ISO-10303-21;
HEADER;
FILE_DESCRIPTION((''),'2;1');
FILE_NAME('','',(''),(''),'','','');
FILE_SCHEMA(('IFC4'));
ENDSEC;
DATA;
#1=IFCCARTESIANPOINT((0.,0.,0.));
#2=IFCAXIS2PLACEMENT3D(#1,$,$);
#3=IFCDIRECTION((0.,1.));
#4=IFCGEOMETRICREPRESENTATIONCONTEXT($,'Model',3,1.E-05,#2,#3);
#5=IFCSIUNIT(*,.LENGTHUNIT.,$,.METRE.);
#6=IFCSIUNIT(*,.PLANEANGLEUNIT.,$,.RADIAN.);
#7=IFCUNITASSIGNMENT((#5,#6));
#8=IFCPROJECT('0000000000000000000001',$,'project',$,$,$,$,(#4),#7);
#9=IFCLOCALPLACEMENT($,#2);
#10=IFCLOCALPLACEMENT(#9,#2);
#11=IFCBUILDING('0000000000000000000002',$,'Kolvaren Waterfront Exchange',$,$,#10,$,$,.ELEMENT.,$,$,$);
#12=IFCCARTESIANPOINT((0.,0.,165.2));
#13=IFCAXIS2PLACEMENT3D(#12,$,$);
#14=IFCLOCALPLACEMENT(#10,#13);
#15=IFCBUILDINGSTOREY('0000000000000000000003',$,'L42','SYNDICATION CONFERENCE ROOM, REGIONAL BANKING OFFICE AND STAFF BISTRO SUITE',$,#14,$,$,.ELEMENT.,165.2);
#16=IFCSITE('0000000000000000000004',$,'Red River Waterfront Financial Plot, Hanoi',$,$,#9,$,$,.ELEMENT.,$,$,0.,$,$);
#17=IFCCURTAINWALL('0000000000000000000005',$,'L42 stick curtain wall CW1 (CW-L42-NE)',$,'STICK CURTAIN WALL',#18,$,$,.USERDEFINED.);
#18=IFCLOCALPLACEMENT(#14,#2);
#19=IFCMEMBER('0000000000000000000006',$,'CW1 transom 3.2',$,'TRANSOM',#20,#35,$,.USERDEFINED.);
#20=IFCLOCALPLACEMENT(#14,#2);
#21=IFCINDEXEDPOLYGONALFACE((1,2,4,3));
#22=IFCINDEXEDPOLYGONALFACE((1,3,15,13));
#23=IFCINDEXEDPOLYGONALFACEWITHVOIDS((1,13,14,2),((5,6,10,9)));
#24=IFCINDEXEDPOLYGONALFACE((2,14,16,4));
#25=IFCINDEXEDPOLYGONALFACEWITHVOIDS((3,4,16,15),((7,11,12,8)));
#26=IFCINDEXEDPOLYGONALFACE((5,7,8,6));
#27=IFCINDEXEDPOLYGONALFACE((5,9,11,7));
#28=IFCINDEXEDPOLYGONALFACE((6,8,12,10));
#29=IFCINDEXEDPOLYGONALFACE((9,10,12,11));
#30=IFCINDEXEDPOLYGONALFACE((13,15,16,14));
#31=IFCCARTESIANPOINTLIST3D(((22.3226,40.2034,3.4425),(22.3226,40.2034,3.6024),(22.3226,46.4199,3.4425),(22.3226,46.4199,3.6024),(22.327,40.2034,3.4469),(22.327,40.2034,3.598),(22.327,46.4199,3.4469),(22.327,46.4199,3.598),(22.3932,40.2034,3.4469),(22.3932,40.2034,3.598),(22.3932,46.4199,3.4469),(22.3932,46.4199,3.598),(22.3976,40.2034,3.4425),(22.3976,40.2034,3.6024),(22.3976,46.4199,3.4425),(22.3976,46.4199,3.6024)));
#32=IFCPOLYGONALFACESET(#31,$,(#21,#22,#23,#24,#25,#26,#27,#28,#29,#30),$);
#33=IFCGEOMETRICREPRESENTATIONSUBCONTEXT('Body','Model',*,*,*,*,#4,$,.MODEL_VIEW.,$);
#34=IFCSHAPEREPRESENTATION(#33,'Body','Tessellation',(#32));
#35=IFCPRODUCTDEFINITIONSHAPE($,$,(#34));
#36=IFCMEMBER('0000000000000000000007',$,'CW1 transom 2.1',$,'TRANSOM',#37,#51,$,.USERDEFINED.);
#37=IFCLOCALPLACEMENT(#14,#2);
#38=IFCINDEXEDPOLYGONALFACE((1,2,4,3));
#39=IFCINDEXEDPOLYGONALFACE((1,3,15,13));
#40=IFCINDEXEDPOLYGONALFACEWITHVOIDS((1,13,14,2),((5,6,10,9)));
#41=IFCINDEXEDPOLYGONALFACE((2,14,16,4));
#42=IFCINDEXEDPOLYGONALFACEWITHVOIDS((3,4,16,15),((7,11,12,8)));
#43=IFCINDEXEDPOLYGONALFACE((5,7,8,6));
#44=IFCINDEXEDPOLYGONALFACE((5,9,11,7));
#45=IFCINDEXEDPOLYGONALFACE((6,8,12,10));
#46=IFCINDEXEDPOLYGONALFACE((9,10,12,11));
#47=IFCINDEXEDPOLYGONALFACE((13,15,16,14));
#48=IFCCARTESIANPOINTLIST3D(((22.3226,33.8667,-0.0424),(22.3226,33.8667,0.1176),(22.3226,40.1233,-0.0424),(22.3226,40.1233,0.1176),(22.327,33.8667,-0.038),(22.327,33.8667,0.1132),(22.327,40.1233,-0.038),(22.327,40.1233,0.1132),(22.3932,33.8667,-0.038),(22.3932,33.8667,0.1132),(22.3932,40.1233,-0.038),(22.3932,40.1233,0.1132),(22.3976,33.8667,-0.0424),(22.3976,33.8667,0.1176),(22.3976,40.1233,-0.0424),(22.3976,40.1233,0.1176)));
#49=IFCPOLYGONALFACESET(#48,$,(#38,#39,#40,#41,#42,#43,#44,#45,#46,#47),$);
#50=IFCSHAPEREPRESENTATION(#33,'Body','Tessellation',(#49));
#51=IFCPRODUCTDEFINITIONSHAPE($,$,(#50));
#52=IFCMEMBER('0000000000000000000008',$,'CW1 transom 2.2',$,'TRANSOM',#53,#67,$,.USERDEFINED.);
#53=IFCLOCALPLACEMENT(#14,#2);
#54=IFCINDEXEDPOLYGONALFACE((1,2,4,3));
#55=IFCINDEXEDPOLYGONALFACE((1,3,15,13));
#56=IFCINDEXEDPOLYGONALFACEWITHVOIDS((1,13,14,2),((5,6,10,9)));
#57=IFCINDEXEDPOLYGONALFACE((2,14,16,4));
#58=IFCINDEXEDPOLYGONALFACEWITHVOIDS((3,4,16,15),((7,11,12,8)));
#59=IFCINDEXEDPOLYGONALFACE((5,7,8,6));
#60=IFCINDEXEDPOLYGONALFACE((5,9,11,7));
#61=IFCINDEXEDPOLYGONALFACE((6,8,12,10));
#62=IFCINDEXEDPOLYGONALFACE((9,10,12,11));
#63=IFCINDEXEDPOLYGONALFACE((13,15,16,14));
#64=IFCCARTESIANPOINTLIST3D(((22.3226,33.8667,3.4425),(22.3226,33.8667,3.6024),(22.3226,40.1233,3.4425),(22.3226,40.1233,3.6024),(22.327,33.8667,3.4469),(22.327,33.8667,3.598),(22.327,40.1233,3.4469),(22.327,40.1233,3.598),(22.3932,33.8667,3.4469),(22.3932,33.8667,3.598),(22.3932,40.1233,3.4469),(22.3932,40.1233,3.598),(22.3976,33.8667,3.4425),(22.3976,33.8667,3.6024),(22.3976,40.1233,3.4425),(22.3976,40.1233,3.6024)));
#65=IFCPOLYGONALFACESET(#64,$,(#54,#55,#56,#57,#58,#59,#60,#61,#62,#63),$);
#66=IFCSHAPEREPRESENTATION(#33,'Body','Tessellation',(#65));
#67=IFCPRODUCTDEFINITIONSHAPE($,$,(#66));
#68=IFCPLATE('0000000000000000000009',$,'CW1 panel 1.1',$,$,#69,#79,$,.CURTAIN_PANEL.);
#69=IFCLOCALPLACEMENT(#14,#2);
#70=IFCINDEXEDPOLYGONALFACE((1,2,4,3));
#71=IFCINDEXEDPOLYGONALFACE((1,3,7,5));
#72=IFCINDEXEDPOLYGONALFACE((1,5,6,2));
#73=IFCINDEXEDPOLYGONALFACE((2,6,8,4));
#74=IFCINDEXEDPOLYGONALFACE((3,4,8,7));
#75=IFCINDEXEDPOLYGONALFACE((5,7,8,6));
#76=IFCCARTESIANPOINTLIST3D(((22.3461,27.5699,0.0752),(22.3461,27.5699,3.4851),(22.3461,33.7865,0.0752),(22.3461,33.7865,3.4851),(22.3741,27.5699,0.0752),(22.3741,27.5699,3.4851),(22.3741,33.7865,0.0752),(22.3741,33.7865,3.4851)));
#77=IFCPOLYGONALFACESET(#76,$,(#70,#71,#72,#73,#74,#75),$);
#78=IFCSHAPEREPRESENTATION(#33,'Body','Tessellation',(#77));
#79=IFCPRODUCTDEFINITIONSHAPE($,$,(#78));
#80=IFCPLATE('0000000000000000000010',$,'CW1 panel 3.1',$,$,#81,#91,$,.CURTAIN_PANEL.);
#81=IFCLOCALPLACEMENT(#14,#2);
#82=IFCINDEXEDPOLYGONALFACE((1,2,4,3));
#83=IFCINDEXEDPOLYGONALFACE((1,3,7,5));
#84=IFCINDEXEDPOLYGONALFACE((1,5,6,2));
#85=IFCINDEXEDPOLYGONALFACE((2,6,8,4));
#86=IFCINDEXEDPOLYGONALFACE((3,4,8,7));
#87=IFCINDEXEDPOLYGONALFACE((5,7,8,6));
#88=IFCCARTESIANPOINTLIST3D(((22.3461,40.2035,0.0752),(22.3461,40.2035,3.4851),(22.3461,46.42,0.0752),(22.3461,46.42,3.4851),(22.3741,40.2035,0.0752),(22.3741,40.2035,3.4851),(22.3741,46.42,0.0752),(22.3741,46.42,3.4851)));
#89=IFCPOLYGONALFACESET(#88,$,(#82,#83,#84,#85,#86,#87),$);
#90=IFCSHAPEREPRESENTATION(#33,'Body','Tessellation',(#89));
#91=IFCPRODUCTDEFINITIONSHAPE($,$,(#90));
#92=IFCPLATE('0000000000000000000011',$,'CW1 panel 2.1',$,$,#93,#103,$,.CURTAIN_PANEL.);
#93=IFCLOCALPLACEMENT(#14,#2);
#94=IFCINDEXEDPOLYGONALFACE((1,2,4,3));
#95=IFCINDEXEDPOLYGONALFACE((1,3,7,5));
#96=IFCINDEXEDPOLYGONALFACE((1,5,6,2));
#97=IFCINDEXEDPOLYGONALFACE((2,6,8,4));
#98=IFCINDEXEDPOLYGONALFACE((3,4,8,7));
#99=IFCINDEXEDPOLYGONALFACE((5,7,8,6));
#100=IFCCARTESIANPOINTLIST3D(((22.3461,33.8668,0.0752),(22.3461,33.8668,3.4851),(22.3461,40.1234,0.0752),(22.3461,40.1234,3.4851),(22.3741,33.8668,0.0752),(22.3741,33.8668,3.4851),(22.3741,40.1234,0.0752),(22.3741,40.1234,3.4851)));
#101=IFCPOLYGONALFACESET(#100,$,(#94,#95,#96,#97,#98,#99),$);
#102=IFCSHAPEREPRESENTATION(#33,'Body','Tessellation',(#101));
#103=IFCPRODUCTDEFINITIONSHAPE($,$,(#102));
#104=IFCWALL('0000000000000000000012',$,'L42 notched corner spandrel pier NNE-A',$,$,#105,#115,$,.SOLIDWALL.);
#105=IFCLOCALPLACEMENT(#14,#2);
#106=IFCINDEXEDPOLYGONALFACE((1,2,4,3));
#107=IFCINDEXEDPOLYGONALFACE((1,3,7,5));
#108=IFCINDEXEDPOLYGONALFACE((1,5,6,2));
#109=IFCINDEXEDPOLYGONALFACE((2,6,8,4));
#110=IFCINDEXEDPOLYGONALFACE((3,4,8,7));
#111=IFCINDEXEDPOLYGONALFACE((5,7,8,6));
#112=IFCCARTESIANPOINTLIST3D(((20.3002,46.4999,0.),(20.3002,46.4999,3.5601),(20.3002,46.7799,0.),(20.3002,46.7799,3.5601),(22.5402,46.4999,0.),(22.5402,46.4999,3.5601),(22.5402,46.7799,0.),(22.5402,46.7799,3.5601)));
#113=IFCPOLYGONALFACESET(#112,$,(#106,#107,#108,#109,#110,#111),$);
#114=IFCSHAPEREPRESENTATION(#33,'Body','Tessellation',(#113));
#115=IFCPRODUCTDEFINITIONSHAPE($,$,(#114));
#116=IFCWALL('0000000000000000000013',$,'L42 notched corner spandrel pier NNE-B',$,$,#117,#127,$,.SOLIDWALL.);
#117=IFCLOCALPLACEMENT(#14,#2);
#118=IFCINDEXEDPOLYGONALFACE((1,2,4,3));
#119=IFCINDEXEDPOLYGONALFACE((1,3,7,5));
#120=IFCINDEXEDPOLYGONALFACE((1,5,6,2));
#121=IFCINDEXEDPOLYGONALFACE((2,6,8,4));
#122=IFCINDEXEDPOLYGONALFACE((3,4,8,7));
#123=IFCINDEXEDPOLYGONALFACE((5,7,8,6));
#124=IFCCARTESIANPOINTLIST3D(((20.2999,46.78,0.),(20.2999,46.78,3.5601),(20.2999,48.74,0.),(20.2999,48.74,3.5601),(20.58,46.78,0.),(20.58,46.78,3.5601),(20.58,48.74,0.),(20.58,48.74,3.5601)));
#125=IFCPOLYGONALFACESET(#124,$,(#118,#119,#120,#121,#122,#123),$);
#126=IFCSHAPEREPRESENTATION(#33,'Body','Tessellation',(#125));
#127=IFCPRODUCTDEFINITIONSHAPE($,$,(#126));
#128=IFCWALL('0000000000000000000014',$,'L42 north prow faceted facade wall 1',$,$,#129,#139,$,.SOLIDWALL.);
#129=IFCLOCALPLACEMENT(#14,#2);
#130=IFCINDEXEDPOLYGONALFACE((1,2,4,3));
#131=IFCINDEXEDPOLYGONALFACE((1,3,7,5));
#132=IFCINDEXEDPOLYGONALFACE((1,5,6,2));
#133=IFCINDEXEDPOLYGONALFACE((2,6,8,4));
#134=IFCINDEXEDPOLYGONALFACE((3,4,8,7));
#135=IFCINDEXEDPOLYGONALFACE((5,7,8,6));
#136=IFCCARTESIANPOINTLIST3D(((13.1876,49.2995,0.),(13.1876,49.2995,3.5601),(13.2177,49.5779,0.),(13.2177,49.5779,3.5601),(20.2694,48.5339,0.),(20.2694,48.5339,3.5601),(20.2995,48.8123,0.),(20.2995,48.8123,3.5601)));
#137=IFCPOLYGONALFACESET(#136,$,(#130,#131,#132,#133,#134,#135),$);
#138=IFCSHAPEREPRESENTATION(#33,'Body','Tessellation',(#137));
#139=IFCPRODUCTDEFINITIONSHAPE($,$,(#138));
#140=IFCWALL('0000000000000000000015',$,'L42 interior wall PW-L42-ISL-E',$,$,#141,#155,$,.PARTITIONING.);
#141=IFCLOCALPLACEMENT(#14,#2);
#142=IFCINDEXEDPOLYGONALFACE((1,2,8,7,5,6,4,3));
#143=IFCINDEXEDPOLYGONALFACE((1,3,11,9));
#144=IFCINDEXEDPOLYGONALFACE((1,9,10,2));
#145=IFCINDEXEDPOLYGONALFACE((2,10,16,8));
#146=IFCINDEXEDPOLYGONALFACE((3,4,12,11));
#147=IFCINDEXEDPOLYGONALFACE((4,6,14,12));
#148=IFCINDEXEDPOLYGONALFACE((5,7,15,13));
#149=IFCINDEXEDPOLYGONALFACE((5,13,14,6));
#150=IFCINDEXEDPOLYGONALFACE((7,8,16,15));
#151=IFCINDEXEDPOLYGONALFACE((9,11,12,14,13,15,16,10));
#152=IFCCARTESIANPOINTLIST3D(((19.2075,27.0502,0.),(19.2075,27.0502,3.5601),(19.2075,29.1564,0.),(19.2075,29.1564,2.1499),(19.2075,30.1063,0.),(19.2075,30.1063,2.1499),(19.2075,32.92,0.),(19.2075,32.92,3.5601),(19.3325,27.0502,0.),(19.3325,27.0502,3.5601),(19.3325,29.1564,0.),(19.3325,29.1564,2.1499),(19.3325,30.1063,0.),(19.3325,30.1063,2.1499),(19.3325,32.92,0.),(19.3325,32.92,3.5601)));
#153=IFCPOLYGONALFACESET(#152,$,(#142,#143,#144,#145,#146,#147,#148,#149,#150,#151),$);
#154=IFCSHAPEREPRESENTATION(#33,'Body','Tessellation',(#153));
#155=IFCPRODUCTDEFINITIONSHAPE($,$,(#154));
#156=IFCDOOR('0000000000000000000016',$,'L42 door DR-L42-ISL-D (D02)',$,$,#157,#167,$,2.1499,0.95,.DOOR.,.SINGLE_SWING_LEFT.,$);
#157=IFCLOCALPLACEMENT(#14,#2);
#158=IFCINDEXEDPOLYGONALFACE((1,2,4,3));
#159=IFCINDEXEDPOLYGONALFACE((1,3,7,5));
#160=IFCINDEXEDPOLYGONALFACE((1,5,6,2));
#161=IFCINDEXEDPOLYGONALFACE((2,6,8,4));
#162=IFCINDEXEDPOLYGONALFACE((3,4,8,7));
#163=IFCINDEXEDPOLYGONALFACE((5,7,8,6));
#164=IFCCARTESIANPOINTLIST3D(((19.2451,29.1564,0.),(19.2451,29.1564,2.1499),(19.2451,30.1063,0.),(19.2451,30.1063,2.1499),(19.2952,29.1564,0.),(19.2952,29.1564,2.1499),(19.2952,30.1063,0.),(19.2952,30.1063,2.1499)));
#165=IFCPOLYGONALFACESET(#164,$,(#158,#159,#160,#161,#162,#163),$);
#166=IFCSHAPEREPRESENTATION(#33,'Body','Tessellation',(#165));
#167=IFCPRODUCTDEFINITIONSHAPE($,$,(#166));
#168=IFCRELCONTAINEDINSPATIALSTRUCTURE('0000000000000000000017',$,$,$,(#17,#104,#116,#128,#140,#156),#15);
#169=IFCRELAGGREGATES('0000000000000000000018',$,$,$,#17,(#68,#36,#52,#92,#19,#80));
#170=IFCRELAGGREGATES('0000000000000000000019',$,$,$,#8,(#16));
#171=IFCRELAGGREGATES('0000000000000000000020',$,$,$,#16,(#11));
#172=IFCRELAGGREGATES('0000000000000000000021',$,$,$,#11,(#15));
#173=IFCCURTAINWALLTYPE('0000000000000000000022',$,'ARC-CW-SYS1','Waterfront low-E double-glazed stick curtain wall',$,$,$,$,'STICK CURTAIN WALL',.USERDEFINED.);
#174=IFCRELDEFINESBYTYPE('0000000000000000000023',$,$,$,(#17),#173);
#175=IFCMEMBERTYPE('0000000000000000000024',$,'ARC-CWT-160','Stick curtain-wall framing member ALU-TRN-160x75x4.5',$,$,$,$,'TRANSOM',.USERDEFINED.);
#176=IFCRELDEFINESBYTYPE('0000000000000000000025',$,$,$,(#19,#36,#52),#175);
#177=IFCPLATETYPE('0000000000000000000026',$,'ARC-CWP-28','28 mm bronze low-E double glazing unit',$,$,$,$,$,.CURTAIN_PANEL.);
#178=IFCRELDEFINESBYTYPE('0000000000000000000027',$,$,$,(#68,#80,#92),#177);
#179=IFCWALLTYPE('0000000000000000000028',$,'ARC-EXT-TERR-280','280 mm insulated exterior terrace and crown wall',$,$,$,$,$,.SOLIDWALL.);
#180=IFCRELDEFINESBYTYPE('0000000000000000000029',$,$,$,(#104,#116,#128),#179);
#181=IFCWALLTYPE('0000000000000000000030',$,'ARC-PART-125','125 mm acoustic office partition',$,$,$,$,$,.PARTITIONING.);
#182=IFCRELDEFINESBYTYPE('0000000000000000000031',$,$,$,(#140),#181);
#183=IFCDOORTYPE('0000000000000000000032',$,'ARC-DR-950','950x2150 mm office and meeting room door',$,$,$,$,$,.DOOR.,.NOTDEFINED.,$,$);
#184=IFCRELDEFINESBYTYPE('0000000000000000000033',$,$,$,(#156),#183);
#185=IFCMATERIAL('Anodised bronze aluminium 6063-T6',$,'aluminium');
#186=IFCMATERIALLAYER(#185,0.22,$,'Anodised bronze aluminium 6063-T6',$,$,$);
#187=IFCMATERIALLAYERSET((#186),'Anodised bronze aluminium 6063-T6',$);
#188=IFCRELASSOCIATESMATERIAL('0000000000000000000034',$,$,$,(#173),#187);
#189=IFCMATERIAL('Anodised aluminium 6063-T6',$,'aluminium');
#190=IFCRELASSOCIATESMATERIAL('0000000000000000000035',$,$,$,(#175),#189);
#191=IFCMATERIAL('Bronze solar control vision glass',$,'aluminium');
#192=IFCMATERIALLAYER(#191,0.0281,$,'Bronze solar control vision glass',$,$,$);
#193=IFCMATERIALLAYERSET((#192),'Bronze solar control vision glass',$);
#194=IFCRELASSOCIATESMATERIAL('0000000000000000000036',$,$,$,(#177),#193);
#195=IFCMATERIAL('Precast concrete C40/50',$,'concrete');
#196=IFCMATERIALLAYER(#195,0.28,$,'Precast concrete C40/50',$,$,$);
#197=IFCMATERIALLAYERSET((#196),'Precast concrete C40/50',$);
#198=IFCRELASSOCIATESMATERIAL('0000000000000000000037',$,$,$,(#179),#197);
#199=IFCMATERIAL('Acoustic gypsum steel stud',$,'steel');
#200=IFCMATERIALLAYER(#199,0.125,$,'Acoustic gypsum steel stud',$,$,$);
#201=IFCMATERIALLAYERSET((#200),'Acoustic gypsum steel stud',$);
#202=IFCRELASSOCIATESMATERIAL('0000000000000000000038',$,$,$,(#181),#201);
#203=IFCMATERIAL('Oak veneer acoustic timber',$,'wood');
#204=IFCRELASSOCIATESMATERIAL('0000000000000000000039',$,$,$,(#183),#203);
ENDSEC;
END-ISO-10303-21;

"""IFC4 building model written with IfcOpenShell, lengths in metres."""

from ifc_helpers import new_model, si_unit, direction, frame, frame_2d, origin, origin_with_axes, origin_2d, place, context, subcontext, project, spatial, rectangle, hollow_rectangle, extrude, source, transform, mapped, material, layer, layer_set, material_profile, profile_set, type_object, element, fill, aggregate, save


model = new_model("IFC4")

# Units and contexts
model_context = context("Model", 3, precision=1e-05, world=origin(), true_north=direction((0.0, 1.0)))
body_context = subcontext(model_context, "Body", "Model", "MODEL_VIEW")
ifc_project = project(units=[si_unit("LENGTHUNIT", "METRE"), si_unit("PLANEANGLEUNIT", "RADIAN")], contexts=[model_context])

# Site, building, storey
site_placement = place(None, origin())
site = spatial("IfcSite", under=ifc_project, at=site_placement, Name="Red River Waterfront Financial Plot, Hanoi", CompositionType="ELEMENT", RefElevation=0.0)
building_placement = place(site_placement, origin())
building = spatial("IfcBuilding", under=site, at=building_placement, Name="Kolvaren Waterfront Exchange", CompositionType="ELEMENT")
storey_placement = place(building_placement, frame((0.0, 0.0, 165.2)))
storey = spatial("IfcBuildingStorey", under=building, at=storey_placement, Name="L42", Description="SYNDICATION CONFERENCE ROOM, REGIONAL BANKING OFFICE AND STAFF BISTRO SUITE", CompositionType="ELEMENT", Elevation=165.2)

# Curtain wall, members, plates
ifc_material_1 = material(Name="Anodised bronze aluminium 6063-T6", Category="aluminium")
ifc_layer_1 = layer(ifc_material_1, 0.22, Name="Anodised bronze aluminium 6063-T6")
ifc_layer_set_1 = layer_set([ifc_layer_1], Name="Anodised bronze aluminium 6063-T6")
curtain_wall_type = type_object("IfcCurtainWallType", Name="ARC-CW-SYS1", Description="Waterfront low-E double-glazed stick curtain wall", ElementType="STICK CURTAIN WALL", PredefinedType="USERDEFINED", material=ifc_layer_set_1)
curtain_wall_placement = place(storey_placement, origin())
curtain_wall = element("IfcCurtainWall", 1, at=curtain_wall_placement, inside=storey, type_object=curtain_wall_type, Name="L42 stick curtain wall CW1 (CW-L42-NE)", ObjectType="STICK CURTAIN WALL", PredefinedType="USERDEFINED")
ifc_material_2 = material(Name="Anodised aluminium 6063-T6", Category="aluminium")
ifc_material_profile_1 = material_profile(ifc_material_2, hollow_rectangle(XDim=0.075, YDim=0.1599, WallThickness=0.0044, at=origin_2d()), Name="ALU-TRN-160x75x4.5")
ifc_profile_set_1 = profile_set([ifc_material_profile_1], Name="Anodised aluminium 6063-T6")
member_type_1 = type_object("IfcMemberType", Name="ARC-CWT-160", Description="Stick curtain-wall framing member ALU-TRN-160x75x4.5", ElementType="TRANSOM", PredefinedType="USERDEFINED", material=ifc_profile_set_1)
shared_shape_1 = source(origin_with_axes(), body_context, "Body", "SweptSolid", [
    extrude(hollow_rectangle(XDim=0.075, YDim=0.1599, WallThickness=0.0044, at=origin_2d()), origin(), (0.0, 0.0, 1.0), 6.2166),
])
member_1_placement = place(storey_placement, frame((22.3601, 40.2034, 3.5225), z_axis=(0.0, 1.0, 0.0), x_axis=(-1.0, 0.0, 0.0)))
member_1 = element("IfcMember", 2, at=member_1_placement, type_object=member_type_1, Name="CW1 transom 3.2", ObjectType="TRANSOM", PredefinedType="USERDEFINED", context=body_context, shape_type="MappedRepresentation", body=[
    mapped(shared_shape_1, transform((0.0, 0.0, 0.0), x_axis=(1.0, 0.0, 0.0), y_axis=(0.0, 1.0, 0.0), z_axis=(0.0, 0.0, 1.0), scale=1.0)),
])
shared_shape_2 = source(origin_with_axes(), body_context, "Body", "SweptSolid", [
    extrude(hollow_rectangle(XDim=0.075, YDim=0.1599, WallThickness=0.0044, at=origin_2d()), origin(), (0.0, 0.0, 1.0), 6.2566),
])
member_2_placement = place(storey_placement, frame((22.3601, 33.8667, 0.0376), z_axis=(0.0, 1.0, 0.0), x_axis=(-1.0, 0.0, 0.0)))
member_2 = element("IfcMember", 3, at=member_2_placement, type_object=member_type_1, Name="CW1 transom 2.1", ObjectType="TRANSOM", PredefinedType="USERDEFINED", context=body_context, shape_type="MappedRepresentation", body=[
    mapped(shared_shape_2, transform((0.0, 0.0, 0.0), x_axis=(1.0, 0.0, 0.0), y_axis=(0.0, 1.0, 0.0), z_axis=(0.0, 0.0, 1.0), scale=1.0)),
])
member_3_placement = place(storey_placement, frame((22.3601, 33.8667, 3.5225), z_axis=(0.0, 1.0, 0.0), x_axis=(-1.0, 0.0, 0.0)))
member_3 = element("IfcMember", 4, at=member_3_placement, type_object=member_type_1, Name="CW1 transom 2.2", ObjectType="TRANSOM", PredefinedType="USERDEFINED", context=body_context, shape_type="MappedRepresentation", body=[
    mapped(shared_shape_2, transform((0.0, 0.0, 0.0), x_axis=(1.0, 0.0, 0.0), y_axis=(0.0, 1.0, 0.0), z_axis=(0.0, 0.0, 1.0), scale=1.0)),
])
ifc_material_3 = material(Name="Bronze solar control vision glass", Category="aluminium")
ifc_layer_2 = layer(ifc_material_3, 0.0281, Name="Bronze solar control vision glass")
ifc_layer_set_2 = layer_set([ifc_layer_2], Name="Bronze solar control vision glass")
plate_type = type_object("IfcPlateType", Name="ARC-CWP-28", Description="28 mm bronze low-E double glazing unit", PredefinedType="CURTAIN_PANEL", material=ifc_layer_set_2)
shared_shape_3 = source(origin_with_axes(), body_context, "Body", "SweptSolid", [
    extrude(rectangle(XDim=6.2166, YDim=0.0281, at=origin_2d()), origin(), (0.0, 0.0, 1.0), 3.4099),
])
plate_1_placement = place(storey_placement, frame((22.3601, 30.6782, 0.0752), z_axis=(0.0, 0.0, 1.0), x_axis=(0.0, 1.0, 0.0)))
plate_1 = element("IfcPlate", 5, at=plate_1_placement, type_object=plate_type, Name="CW1 panel 1.1", PredefinedType="CURTAIN_PANEL", context=body_context, shape_type="MappedRepresentation", body=[
    mapped(shared_shape_3, transform((0.0, 0.0, 0.0), x_axis=(1.0, 0.0, 0.0), y_axis=(0.0, 1.0, 0.0), z_axis=(0.0, 0.0, 1.0), scale=1.0)),
])
plate_2_placement = place(storey_placement, frame((22.3601, 43.3118, 0.0752), z_axis=(0.0, 0.0, 1.0), x_axis=(0.0, 1.0, 0.0)))
plate_2 = element("IfcPlate", 6, at=plate_2_placement, type_object=plate_type, Name="CW1 panel 3.1", PredefinedType="CURTAIN_PANEL", context=body_context, shape_type="MappedRepresentation", body=[
    mapped(shared_shape_3, transform((0.0, 0.0, 0.0), x_axis=(1.0, 0.0, 0.0), y_axis=(0.0, 1.0, 0.0), z_axis=(0.0, 0.0, 1.0), scale=1.0)),
])
shared_shape_4 = source(origin_with_axes(), body_context, "Body", "SweptSolid", [
    extrude(rectangle(XDim=6.2566, YDim=0.0281, at=origin_2d()), origin(), (0.0, 0.0, 1.0), 3.4099),
])
plate_3_placement = place(storey_placement, frame((22.3601, 36.9951, 0.0752), z_axis=(0.0, 0.0, 1.0), x_axis=(0.0, 1.0, 0.0)))
plate_3 = element("IfcPlate", 7, at=plate_3_placement, type_object=plate_type, Name="CW1 panel 2.1", PredefinedType="CURTAIN_PANEL", context=body_context, shape_type="MappedRepresentation", body=[
    mapped(shared_shape_4, transform((0.0, 0.0, 0.0), x_axis=(1.0, 0.0, 0.0), y_axis=(0.0, 1.0, 0.0), z_axis=(0.0, 0.0, 1.0), scale=1.0)),
])
aggregate(curtain_wall, [plate_1, member_2, member_3, plate_3, member_1, plate_2])

# Walls
ifc_material_4 = material(Name="Precast concrete C40/50", Category="concrete")
ifc_layer_3 = layer(ifc_material_4, 0.28, Name="Precast concrete C40/50")
ifc_layer_set_3 = layer_set([ifc_layer_3], Name="Precast concrete C40/50")
wall_type_1 = type_object("IfcWallType", Name="ARC-EXT-TERR-280", Description="280 mm insulated exterior terrace and crown wall", PredefinedType="SOLIDWALL", material=ifc_layer_set_3)
wall_1_placement = place(storey_placement, frame((20.3, 46.6399, 0.0), z_axis=(0.0, 0.0, 1.0), x_axis=(1.0, 0.0, 0.0)))
element("IfcWall", 8, at=wall_1_placement, inside=storey, type_object=wall_type_1, Name="L42 notched corner spandrel pier NNE-A", PredefinedType="SOLIDWALL", context=body_context, shape_type="SweptSolid", body=[
    extrude(rectangle(XDim=2.24, YDim=0.28, at=frame_2d((1.1201, 0.0))), origin(), (0.0, 0.0, 1.0), 3.5601),
])
wall_2_placement = place(storey_placement, frame((20.4399, 46.78, 0.0), z_axis=(0.0, 0.0, 1.0), x_axis=(0.0, 1.0, 0.0)))
element("IfcWall", 9, at=wall_2_placement, inside=storey, type_object=wall_type_1, Name="L42 notched corner spandrel pier NNE-B", PredefinedType="SOLIDWALL", context=body_context, shape_type="SweptSolid", body=[
    extrude(rectangle(XDim=1.96, YDim=0.28, at=frame_2d((0.98, 0.0))), origin(), (0.0, 0.0, 1.0), 3.5601),
])
wall_3_placement = place(storey_placement, frame((20.2844, 48.6731, 0.0), z_axis=(0.0, 0.0, 1.0), x_axis=(-0.994207, 0.107486, 0.0)))
element("IfcWall", 10, at=wall_3_placement, inside=storey, type_object=wall_type_1, Name="L42 north prow faceted facade wall 1", PredefinedType="SOLIDWALL", context=body_context, shape_type="SweptSolid", body=[
    extrude(rectangle(XDim=7.123, YDim=0.28, at=frame_2d((3.5615, 0.0))), origin(), (0.0, 0.0, 1.0), 3.5601),
])

# Wall, opening, door
ifc_material_5 = material(Name="Acoustic gypsum steel stud", Category="steel")
ifc_layer_4 = layer(ifc_material_5, 0.125, Name="Acoustic gypsum steel stud")
ifc_layer_set_4 = layer_set([ifc_layer_4], Name="Acoustic gypsum steel stud")
wall_type_2 = type_object("IfcWallType", Name="ARC-PART-125", Description="125 mm acoustic office partition", PredefinedType="PARTITIONING", material=ifc_layer_set_4)
wall_4_placement = place(storey_placement, frame((19.27, 27.05, 0.0), z_axis=(0.0, 0.0, 1.0), x_axis=(0.0, 1.0, 0.0)))
wall_4 = element("IfcWall", 11, at=wall_4_placement, inside=storey, type_object=wall_type_2, Name="L42 interior wall PW-L42-ISL-E", PredefinedType="PARTITIONING", context=body_context, shape_type="SweptSolid", body=[
    extrude(rectangle(XDim=5.8699, YDim=0.125, at=frame_2d((2.9351, 0.0))), origin(), (0.0, 0.0, 1.0), 3.5601),
])
opening_placement = place(wall_4_placement, frame((2.1062, 0.0, 0.0)))
opening = element("IfcOpeningElement", 12, at=opening_placement, cuts=wall_4, PredefinedType="OPENING", context=body_context, shape_type="SweptSolid", body=[
    extrude(rectangle(XDim=0.95, YDim=2.1499, at=frame_2d((0.4751, 1.075))), frame((0.0, 0.0725, 0.0), z_axis=(0.0, -1.0, 0.0), x_axis=(1.0, 0.0, 0.0)), (0.0, 0.0, 1.0), 0.145),
])
ifc_material_6 = material(Name="Oak veneer acoustic timber", Category="wood")
door_type = type_object("IfcDoorType", Name="ARC-DR-950", Description="950x2150 mm office and meeting room door", OperationType="NOTDEFINED", PredefinedType="DOOR", material=ifc_material_6)
door_placement = place(opening_placement, origin())
door = element("IfcDoor", 13, at=door_placement, inside=storey, type_object=door_type, Name="L42 door DR-L42-ISL-D (D02)", OperationType="SINGLE_SWING_LEFT", OverallHeight=2.1499, OverallWidth=0.95, PredefinedType="DOOR", context=body_context, shape_type="SweptSolid", body=[
    extrude(rectangle(XDim=0.95, YDim=2.1499, at=frame_2d((0.4751, 1.075))), frame((0.0, 0.0249, 0.0), z_axis=(0.0, -1.0, 0.0), x_axis=(1.0, 0.0, 0.0)), (0.0, 0.0, 1.0), 0.05),
])
fill(opening, door)

save(model, "model.ifc")
